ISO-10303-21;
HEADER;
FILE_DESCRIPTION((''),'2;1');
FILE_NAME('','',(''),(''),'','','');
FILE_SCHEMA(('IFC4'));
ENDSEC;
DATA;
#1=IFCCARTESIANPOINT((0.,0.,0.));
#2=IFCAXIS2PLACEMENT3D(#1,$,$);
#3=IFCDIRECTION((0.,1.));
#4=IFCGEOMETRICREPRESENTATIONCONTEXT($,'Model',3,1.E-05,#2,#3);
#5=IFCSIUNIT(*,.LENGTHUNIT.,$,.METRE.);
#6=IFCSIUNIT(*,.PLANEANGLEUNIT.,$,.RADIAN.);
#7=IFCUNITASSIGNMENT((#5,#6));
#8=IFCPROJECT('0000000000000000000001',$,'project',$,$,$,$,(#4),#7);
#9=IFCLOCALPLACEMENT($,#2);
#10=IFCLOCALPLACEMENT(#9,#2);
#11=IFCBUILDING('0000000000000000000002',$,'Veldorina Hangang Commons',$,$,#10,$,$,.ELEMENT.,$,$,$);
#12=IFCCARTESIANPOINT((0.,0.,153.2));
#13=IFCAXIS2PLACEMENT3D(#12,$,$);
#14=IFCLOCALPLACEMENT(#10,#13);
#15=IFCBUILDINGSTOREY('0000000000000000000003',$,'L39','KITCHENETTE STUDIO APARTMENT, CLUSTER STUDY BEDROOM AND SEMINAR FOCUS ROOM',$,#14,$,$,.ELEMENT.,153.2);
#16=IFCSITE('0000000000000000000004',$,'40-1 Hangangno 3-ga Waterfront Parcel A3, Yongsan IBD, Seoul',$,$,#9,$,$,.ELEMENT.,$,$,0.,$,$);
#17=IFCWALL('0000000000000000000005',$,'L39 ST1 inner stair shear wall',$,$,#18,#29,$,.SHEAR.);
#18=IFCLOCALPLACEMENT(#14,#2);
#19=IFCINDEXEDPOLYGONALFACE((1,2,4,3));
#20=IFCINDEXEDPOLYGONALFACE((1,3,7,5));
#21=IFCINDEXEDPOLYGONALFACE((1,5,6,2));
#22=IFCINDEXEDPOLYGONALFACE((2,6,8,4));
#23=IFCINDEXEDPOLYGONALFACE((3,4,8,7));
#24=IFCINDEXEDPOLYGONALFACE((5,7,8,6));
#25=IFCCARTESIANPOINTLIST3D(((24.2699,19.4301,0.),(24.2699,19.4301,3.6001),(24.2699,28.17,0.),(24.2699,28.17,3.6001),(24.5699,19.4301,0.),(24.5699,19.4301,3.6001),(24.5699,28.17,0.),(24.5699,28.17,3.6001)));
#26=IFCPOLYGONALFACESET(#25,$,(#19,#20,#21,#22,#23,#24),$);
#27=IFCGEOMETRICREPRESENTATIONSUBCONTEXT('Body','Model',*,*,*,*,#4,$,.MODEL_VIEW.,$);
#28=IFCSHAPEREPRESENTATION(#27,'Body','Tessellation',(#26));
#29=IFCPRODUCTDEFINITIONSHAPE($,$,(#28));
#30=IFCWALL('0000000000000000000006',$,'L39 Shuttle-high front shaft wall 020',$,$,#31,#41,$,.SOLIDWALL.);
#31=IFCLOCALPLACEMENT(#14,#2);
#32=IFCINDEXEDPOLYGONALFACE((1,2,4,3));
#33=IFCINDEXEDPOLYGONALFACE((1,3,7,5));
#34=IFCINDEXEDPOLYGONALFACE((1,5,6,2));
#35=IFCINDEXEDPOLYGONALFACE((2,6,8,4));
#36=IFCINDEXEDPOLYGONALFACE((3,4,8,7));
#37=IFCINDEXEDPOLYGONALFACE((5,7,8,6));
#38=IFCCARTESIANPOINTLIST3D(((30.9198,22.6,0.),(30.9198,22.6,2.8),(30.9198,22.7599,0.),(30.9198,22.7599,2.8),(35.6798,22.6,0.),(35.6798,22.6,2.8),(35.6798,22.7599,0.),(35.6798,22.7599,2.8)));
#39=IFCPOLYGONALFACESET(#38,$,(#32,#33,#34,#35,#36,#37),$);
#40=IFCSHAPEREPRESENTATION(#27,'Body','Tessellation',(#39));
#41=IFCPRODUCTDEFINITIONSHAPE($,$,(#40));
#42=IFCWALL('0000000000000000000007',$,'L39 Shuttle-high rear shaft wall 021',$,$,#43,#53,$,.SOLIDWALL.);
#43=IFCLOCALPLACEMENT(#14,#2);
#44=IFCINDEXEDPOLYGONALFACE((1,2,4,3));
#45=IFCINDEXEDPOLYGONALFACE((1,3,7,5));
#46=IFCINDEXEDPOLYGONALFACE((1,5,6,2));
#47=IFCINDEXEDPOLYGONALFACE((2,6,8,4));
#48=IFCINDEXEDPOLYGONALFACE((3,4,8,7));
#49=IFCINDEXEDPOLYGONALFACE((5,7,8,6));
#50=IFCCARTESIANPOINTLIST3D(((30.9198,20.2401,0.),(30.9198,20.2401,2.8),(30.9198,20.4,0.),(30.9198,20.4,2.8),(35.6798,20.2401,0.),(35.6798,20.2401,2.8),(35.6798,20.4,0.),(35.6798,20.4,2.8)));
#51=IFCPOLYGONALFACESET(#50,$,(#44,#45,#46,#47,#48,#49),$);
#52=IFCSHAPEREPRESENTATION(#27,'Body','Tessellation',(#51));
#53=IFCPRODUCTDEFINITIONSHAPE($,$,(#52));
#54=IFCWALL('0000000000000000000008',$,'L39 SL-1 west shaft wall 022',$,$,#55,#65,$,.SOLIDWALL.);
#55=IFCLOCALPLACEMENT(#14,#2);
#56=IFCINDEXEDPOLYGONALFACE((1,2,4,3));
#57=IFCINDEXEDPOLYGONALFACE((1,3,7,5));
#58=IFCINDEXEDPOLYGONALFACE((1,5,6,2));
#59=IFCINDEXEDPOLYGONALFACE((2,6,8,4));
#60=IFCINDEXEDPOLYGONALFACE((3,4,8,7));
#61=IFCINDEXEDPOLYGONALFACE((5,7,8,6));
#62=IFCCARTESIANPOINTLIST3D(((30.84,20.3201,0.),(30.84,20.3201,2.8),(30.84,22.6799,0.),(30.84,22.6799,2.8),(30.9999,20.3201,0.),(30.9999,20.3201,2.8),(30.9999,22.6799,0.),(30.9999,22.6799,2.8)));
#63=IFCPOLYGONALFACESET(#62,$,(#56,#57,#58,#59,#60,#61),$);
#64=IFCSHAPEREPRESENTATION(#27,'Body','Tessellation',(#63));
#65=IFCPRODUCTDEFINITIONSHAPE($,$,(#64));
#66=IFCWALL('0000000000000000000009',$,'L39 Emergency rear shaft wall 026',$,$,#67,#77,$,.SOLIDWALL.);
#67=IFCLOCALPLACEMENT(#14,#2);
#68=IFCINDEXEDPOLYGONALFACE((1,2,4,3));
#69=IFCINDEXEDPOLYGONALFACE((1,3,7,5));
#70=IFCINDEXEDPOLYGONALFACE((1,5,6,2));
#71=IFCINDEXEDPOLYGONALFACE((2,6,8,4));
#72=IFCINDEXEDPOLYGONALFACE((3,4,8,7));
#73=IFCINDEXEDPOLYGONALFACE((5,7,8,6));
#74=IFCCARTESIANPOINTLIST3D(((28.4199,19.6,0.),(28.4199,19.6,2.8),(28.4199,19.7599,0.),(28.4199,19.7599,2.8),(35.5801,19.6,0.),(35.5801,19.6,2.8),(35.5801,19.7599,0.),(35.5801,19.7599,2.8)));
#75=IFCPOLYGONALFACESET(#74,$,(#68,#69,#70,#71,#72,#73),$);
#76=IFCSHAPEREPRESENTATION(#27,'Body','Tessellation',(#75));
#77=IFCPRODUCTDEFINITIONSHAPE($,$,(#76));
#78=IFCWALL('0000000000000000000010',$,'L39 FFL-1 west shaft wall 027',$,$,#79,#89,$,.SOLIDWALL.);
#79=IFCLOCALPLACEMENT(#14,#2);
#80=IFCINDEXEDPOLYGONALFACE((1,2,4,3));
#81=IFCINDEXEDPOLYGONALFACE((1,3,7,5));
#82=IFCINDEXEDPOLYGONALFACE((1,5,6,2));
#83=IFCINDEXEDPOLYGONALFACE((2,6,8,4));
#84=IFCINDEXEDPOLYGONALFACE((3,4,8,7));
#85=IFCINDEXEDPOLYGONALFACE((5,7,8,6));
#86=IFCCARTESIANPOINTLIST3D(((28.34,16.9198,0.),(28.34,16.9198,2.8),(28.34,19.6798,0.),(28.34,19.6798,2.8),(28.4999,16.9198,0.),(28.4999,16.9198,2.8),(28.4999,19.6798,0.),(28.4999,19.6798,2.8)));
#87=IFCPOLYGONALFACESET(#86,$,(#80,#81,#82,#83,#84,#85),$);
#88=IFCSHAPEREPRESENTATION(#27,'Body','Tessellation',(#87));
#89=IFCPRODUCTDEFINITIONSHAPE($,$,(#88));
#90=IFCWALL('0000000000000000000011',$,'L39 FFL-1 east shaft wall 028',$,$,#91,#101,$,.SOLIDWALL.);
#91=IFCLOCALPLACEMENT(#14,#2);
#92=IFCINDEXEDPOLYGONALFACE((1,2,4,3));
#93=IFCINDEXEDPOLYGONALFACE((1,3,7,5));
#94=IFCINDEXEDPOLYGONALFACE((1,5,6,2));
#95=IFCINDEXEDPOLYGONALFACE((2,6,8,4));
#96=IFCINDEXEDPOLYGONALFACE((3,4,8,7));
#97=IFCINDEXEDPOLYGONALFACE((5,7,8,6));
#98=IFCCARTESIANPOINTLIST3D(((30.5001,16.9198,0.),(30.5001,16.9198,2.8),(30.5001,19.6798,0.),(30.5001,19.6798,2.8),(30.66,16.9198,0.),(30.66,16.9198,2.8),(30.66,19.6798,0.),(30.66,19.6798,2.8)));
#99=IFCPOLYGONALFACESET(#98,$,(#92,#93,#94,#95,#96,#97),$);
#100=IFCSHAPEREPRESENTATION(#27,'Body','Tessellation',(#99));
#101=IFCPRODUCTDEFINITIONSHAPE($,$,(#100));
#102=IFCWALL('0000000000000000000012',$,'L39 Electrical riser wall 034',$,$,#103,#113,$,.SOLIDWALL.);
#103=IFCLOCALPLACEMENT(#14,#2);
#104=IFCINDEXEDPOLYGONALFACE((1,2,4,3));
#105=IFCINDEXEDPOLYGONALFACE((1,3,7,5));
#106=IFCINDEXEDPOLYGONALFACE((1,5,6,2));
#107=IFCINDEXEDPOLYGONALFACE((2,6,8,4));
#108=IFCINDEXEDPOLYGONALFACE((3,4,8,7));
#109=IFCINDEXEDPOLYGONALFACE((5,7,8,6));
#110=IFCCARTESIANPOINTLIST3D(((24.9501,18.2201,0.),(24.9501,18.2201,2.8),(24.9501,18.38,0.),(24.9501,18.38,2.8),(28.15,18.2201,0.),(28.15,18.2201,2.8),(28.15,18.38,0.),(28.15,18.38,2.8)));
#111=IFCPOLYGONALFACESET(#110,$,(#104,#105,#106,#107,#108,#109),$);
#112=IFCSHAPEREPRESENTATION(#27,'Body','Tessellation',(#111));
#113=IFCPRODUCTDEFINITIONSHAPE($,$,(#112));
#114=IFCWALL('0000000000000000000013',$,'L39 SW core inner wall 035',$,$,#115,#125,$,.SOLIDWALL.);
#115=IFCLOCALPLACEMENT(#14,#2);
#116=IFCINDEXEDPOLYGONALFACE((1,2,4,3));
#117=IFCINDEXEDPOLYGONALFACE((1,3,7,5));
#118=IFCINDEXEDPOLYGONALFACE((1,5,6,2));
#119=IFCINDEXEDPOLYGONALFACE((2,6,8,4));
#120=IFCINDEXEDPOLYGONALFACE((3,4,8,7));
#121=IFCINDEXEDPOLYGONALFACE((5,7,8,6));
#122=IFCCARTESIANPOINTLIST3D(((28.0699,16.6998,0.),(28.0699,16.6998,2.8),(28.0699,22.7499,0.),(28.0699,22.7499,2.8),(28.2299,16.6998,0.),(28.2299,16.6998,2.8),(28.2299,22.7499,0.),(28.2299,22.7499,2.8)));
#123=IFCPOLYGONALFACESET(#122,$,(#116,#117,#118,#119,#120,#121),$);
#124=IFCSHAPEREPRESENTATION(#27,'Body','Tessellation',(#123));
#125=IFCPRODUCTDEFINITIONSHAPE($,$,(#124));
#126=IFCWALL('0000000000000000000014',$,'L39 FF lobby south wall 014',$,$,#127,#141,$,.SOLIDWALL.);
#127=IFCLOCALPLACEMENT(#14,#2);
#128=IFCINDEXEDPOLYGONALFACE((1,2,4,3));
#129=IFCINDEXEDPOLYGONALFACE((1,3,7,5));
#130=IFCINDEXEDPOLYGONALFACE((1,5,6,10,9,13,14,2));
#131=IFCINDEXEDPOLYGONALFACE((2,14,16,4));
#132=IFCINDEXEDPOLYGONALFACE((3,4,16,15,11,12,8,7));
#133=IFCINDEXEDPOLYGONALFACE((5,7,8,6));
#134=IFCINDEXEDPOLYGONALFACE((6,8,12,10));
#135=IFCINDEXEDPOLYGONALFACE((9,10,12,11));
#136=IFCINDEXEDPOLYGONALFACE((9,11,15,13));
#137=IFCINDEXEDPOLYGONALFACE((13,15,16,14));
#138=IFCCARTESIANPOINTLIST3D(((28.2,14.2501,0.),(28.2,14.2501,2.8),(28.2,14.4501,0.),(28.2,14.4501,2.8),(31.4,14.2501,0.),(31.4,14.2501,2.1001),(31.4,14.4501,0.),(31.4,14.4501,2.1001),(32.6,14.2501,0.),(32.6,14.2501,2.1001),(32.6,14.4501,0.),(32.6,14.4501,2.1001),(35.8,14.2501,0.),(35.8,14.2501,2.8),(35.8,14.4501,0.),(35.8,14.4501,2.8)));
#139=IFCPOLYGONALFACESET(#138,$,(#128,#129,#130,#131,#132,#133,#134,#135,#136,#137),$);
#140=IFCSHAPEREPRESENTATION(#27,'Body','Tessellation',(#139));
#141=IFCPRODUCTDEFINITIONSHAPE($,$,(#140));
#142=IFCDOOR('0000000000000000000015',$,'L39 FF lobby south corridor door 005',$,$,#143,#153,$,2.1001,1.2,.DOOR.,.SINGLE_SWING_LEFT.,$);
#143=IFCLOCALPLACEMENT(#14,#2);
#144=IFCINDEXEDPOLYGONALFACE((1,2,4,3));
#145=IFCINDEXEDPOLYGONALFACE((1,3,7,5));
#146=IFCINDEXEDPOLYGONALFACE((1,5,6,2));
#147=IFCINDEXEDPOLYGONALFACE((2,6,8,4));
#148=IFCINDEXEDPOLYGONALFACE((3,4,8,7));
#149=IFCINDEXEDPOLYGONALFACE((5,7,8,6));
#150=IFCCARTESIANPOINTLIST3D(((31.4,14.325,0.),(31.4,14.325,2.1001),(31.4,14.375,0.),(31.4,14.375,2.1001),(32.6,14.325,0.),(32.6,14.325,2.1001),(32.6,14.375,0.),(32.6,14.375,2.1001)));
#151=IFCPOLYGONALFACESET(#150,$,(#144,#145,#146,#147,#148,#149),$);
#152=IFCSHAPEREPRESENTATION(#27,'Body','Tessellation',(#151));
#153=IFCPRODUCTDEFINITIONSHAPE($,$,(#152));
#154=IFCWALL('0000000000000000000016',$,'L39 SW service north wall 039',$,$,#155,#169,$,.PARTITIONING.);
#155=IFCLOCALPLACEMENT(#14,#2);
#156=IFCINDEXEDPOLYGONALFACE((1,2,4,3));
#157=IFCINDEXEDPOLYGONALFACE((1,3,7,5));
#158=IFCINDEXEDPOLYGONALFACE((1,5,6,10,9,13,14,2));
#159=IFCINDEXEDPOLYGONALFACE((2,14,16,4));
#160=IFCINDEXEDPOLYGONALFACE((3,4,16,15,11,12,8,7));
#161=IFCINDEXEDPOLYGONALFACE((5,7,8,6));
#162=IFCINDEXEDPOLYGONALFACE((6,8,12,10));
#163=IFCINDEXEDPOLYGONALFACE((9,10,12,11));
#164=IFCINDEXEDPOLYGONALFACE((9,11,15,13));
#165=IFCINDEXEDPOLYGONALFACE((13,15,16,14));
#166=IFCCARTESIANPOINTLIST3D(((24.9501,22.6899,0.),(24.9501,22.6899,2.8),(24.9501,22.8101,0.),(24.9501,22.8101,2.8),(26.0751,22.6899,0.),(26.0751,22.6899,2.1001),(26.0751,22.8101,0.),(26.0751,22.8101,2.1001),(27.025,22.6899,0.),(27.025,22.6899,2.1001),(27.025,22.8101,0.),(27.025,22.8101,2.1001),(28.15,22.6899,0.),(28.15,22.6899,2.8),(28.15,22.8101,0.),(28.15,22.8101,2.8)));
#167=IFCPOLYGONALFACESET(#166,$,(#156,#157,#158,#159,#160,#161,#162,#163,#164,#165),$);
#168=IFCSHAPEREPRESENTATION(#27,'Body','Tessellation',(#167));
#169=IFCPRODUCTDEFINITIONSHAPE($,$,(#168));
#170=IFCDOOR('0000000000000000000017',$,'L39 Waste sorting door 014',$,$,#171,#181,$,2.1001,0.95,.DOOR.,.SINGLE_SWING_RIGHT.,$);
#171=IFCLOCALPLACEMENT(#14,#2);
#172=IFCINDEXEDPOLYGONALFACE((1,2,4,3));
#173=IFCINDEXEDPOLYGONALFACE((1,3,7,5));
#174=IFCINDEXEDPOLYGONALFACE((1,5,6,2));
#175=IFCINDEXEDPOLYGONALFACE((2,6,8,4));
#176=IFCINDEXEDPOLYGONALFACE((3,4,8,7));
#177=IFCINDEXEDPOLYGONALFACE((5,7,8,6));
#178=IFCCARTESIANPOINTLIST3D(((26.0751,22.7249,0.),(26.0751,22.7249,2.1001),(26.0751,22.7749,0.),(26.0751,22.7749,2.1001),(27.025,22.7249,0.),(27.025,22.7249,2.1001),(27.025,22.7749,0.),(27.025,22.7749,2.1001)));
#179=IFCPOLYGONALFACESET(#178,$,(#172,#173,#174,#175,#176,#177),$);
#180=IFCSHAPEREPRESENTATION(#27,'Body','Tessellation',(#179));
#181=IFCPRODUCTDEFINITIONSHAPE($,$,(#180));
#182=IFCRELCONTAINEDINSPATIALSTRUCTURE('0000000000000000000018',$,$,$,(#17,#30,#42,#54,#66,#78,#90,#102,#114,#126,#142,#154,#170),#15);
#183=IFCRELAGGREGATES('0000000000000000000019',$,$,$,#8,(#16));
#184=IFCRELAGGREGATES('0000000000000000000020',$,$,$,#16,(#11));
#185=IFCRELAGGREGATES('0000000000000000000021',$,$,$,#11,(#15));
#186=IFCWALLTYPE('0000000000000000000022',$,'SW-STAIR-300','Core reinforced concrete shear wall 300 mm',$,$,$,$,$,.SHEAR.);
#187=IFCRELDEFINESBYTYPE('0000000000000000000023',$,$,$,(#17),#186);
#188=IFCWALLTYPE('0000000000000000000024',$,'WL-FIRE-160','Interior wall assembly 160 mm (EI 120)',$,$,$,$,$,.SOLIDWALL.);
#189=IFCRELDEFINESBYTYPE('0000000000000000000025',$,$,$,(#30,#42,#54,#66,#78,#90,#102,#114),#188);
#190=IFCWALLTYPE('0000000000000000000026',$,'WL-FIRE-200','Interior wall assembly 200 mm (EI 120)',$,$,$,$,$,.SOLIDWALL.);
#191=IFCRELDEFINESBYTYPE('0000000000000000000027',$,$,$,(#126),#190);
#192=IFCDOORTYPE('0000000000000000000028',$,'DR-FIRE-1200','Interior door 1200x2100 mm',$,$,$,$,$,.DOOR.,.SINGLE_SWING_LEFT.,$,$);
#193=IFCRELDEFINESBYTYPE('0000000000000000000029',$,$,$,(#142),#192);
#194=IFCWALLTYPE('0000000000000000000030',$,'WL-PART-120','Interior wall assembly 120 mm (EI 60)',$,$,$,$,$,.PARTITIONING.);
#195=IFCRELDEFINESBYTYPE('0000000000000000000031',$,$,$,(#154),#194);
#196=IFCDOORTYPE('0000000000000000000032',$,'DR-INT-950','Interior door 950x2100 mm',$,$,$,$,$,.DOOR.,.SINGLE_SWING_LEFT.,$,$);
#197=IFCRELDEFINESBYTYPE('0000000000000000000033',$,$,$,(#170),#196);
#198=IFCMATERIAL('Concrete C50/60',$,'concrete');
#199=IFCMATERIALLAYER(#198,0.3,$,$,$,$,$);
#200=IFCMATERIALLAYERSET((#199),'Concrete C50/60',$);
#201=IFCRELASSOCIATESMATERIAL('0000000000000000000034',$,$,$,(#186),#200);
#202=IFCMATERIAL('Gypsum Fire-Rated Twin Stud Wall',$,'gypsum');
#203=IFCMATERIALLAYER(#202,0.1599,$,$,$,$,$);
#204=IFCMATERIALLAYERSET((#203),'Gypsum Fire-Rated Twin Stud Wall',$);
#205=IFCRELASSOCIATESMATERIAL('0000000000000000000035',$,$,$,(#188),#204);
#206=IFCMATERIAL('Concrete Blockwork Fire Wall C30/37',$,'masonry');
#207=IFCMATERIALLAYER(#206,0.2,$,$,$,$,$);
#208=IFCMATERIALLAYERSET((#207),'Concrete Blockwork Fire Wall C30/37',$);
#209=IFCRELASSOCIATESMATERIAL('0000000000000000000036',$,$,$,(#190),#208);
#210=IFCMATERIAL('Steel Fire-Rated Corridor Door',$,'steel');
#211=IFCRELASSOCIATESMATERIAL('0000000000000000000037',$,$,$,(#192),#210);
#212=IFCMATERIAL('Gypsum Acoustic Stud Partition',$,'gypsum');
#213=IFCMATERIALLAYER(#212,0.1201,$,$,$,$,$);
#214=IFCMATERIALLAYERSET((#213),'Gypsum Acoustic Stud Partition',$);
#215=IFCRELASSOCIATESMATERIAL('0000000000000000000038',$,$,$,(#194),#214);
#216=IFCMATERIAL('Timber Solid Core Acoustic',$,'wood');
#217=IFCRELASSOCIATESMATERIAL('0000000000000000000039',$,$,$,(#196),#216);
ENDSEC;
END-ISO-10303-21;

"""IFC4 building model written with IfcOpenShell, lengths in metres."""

from ifc_helpers import new_model, si_unit, direction, frame, frame_2d, origin, place, context, subcontext, project, spatial, rectangle, extrude, material, layer, layer_set, type_object, element, fill, save


model = new_model("IFC4")

# Units and contexts
model_context = context("Model", 3, precision=1e-05, world=origin(), true_north=direction((0.0, 1.0)))
body_context = subcontext(model_context, "Body", "Model", "MODEL_VIEW")
ifc_project = project(units=[si_unit("LENGTHUNIT", "METRE"), si_unit("PLANEANGLEUNIT", "RADIAN")], contexts=[model_context])

# Site, building, storey
site_placement = place(None, origin())
site = spatial("IfcSite", under=ifc_project, at=site_placement, Name="40-1 Hangangno 3-ga Waterfront Parcel A3, Yongsan IBD, Seoul", CompositionType="ELEMENT", RefElevation=0.0)
building_placement = place(site_placement, origin())
building = spatial("IfcBuilding", under=site, at=building_placement, Name="Veldorina Hangang Commons", CompositionType="ELEMENT")
storey_placement = place(building_placement, frame((0.0, 0.0, 153.2)))
storey = spatial("IfcBuildingStorey", under=building, at=storey_placement, Name="L39", Description="KITCHENETTE STUDIO APARTMENT, CLUSTER STUDY BEDROOM AND SEMINAR FOCUS ROOM", CompositionType="ELEMENT", Elevation=153.2)

# Walls
ifc_material_1 = material(Name="Concrete C50/60", Category="concrete")
ifc_layer_1 = layer(ifc_material_1, 0.3)
ifc_layer_set_1 = layer_set([ifc_layer_1], Name="Concrete C50/60")
wall_type_1 = type_object("IfcWallType", Name="SW-STAIR-300", Description="Core reinforced concrete shear wall 300 mm", PredefinedType="SHEAR", material=ifc_layer_set_1)
wall_1_placement = place(storey_placement, frame((24.4199, 19.4299, 0.0), z_axis=(0.0, 0.0, 1.0), x_axis=(0.0, 1.0, 0.0)))
element("IfcWall", 1, at=wall_1_placement, inside=storey, type_object=wall_type_1, Name="L39 ST1 inner stair shear wall", PredefinedType="SHEAR", context=body_context, shape_type="SweptSolid", body=[
    extrude(rectangle(XDim=8.74, YDim=0.3, at=frame_2d((4.3701, 0.0))), origin(), (0.0, 0.0, 1.0), 3.6001),
])
ifc_material_2 = material(Name="Gypsum Fire-Rated Twin Stud Wall", Category="gypsum")
ifc_layer_2 = layer(ifc_material_2, 0.1599)
ifc_layer_set_2 = layer_set([ifc_layer_2], Name="Gypsum Fire-Rated Twin Stud Wall")
wall_type_2 = type_object("IfcWallType", Name="WL-FIRE-160", Description="Interior wall assembly 160 mm (EI 120)", PredefinedType="SOLIDWALL", material=ifc_layer_set_2)
for number, where, z_axis, x_axis, name in (
    (2, (30.9199, 22.6799, 0.0), (0.0, 0.0, 1.0), (1.0, 0.0, 0.0), "L39 Shuttle-high front shaft wall 020"),
    (3, (30.9199, 20.3201, 0.0), (0.0, 0.0, 1.0), (1.0, 0.0, 0.0), "L39 Shuttle-high rear shaft wall 021"),
):
    element("IfcWall", number, at=place(storey_placement, frame(where, z_axis=z_axis, x_axis=x_axis)), inside=storey, type_object=wall_type_2, Name=name, PredefinedType="SOLIDWALL", context=body_context, shape_type="SweptSolid", body=[
        extrude(rectangle(XDim=4.76, YDim=0.1599, at=frame_2d((2.3799, 0.0))), origin(), (0.0, 0.0, 1.0), 2.8),
    ])
wall_2_placement = place(storey_placement, frame((30.9199, 20.3201, 0.0), z_axis=(0.0, 0.0, 1.0), x_axis=(0.0, 1.0, 0.0)))
element("IfcWall", 4, at=wall_2_placement, inside=storey, type_object=wall_type_2, Name="L39 SL-1 west shaft wall 022", PredefinedType="SOLIDWALL", context=body_context, shape_type="SweptSolid", body=[
    extrude(rectangle(XDim=2.3599, YDim=0.1599, at=frame_2d((1.1799, 0.0))), origin(), (0.0, 0.0, 1.0), 2.8),
])

# Walls
wall_3_placement = place(storey_placement, frame((28.4199, 19.6799, 0.0), z_axis=(0.0, 0.0, 1.0), x_axis=(1.0, 0.0, 0.0)))
element("IfcWall", 5, at=wall_3_placement, inside=storey, type_object=wall_type_2, Name="L39 Emergency rear shaft wall 026", PredefinedType="SOLIDWALL", context=body_context, shape_type="SweptSolid", body=[
    extrude(rectangle(XDim=7.1602, YDim=0.1599, at=frame_2d((3.5801, 0.0))), origin(), (0.0, 0.0, 1.0), 2.8),
])
for number, where, z_axis, x_axis, name in (
    (6, (28.4199, 16.9199, 0.0), (0.0, 0.0, 1.0), (0.0, 1.0, 0.0), "L39 FFL-1 west shaft wall 027"),
    (7, (30.5801, 16.9199, 0.0), (0.0, 0.0, 1.0), (0.0, 1.0, 0.0), "L39 FFL-1 east shaft wall 028"),
):
    element("IfcWall", number, at=place(storey_placement, frame(where, z_axis=z_axis, x_axis=x_axis)), inside=storey, type_object=wall_type_2, Name=name, PredefinedType="SOLIDWALL", context=body_context, shape_type="SweptSolid", body=[
        extrude(rectangle(XDim=2.76, YDim=0.1599, at=frame_2d((1.3799, 0.0))), origin(), (0.0, 0.0, 1.0), 2.8),
    ])
wall_4_placement = place(storey_placement, frame((24.95, 18.3, 0.0), z_axis=(0.0, 0.0, 1.0), x_axis=(1.0, 0.0, 0.0)))
element("IfcWall", 8, at=wall_4_placement, inside=storey, type_object=wall_type_2, Name="L39 Electrical riser wall 034", PredefinedType="SOLIDWALL", context=body_context, shape_type="SweptSolid", body=[
    extrude(rectangle(XDim=3.2, YDim=0.1599, at=frame_2d((1.6001, 0.0))), origin(), (0.0, 0.0, 1.0), 2.8),
])
wall_5_placement = place(storey_placement, frame((28.1499, 16.7, 0.0), z_axis=(0.0, 0.0, 1.0), x_axis=(0.0, 1.0, 0.0)))
element("IfcWall", 9, at=wall_5_placement, inside=storey, type_object=wall_type_2, Name="L39 SW core inner wall 035", PredefinedType="SOLIDWALL", context=body_context, shape_type="SweptSolid", body=[
    extrude(rectangle(XDim=6.05, YDim=0.1599, at=frame_2d((3.0249, 0.0))), origin(), (0.0, 0.0, 1.0), 2.8),
])

# Walls, openings, doors
ifc_material_3 = material(Name="Concrete Blockwork Fire Wall C30/37", Category="masonry")
ifc_layer_3 = layer(ifc_material_3, 0.2)
ifc_layer_set_3 = layer_set([ifc_layer_3], Name="Concrete Blockwork Fire Wall C30/37")
wall_type_3 = type_object("IfcWallType", Name="WL-FIRE-200", Description="Interior wall assembly 200 mm (EI 120)", PredefinedType="SOLIDWALL", material=ifc_layer_set_3)
wall_6_placement = place(storey_placement, frame((28.2, 14.3501, 0.0), z_axis=(0.0, 0.0, 1.0), x_axis=(1.0, 0.0, 0.0)))
wall_6 = element("IfcWall", 10, at=wall_6_placement, inside=storey, type_object=wall_type_3, Name="L39 FF lobby south wall 014", PredefinedType="SOLIDWALL", context=body_context, shape_type="SweptSolid", body=[
    extrude(rectangle(XDim=7.6001, YDim=0.2, at=frame_2d((3.8, 0.0))), origin(), (0.0, 0.0, 1.0), 2.8),
])
opening_1_placement = place(wall_6_placement, frame((3.2, 0.0, 0.0)))
opening_1 = element("IfcOpeningElement", 11, at=opening_1_placement, cuts=wall_6, PredefinedType="OPENING", context=body_context, shape_type="SweptSolid", body=[
    extrude(rectangle(XDim=1.2, YDim=2.1001, at=frame_2d((0.6001, 1.05))), frame((0.0, 0.1099, 0.0), z_axis=(0.0, -1.0, 0.0), x_axis=(1.0, 0.0, 0.0)), (0.0, 0.0, 1.0), 0.22),
])
ifc_material_4 = material(Name="Steel Fire-Rated Corridor Door", Category="steel")
door_type_1 = type_object("IfcDoorType", Name="DR-FIRE-1200", Description="Interior door 1200x2100 mm", OperationType="SINGLE_SWING_LEFT", PredefinedType="DOOR", material=ifc_material_4)
door_1_placement = place(opening_1_placement, origin())
door_1 = element("IfcDoor", 12, at=door_1_placement, inside=storey, type_object=door_type_1, Name="L39 FF lobby south corridor door 005", OperationType="SINGLE_SWING_LEFT", OverallHeight=2.1001, OverallWidth=1.2, PredefinedType="DOOR", context=body_context, shape_type="SweptSolid", body=[
    extrude(rectangle(XDim=1.2, YDim=2.1001, at=frame_2d((0.6001, 1.05))), frame((0.0, 0.0249, 0.0), z_axis=(0.0, -1.0, 0.0), x_axis=(1.0, 0.0, 0.0)), (0.0, 0.0, 1.0), 0.05),
])
fill(opening_1, door_1)
ifc_material_5 = material(Name="Gypsum Acoustic Stud Partition", Category="gypsum")
ifc_layer_4 = layer(ifc_material_5, 0.1201)
ifc_layer_set_4 = layer_set([ifc_layer_4], Name="Gypsum Acoustic Stud Partition")
wall_type_4 = type_object("IfcWallType", Name="WL-PART-120", Description="Interior wall assembly 120 mm (EI 60)", PredefinedType="PARTITIONING", material=ifc_layer_set_4)
wall_7_placement = place(storey_placement, frame((24.95, 22.75, 0.0), z_axis=(0.0, 0.0, 1.0), x_axis=(1.0, 0.0, 0.0)))
wall_7 = element("IfcWall", 13, at=wall_7_placement, inside=storey, type_object=wall_type_4, Name="L39 SW service north wall 039", PredefinedType="PARTITIONING", context=body_context, shape_type="SweptSolid", body=[
    extrude(rectangle(XDim=3.2, YDim=0.1201, at=frame_2d((1.6001, 0.0))), origin(), (0.0, 0.0, 1.0), 2.8),
])
opening_2_placement = place(wall_7_placement, frame((1.125, 0.0, 0.0)))
opening_2 = element("IfcOpeningElement", 14, at=opening_2_placement, cuts=wall_7, PredefinedType="OPENING", context=body_context, shape_type="SweptSolid", body=[
    extrude(rectangle(XDim=0.95, YDim=2.1001, at=frame_2d((0.4751, 1.05))), frame((0.0, 0.0701, 0.0), z_axis=(0.0, -1.0, 0.0), x_axis=(1.0, 0.0, 0.0)), (0.0, 0.0, 1.0), 0.1401),
])
ifc_material_6 = material(Name="Timber Solid Core Acoustic", Category="wood")
door_type_2 = type_object("IfcDoorType", Name="DR-INT-950", Description="Interior door 950x2100 mm", OperationType="SINGLE_SWING_LEFT", PredefinedType="DOOR", material=ifc_material_6)
door_2_placement = place(opening_2_placement, origin())
door_2 = element("IfcDoor", 15, at=door_2_placement, inside=storey, type_object=door_type_2, Name="L39 Waste sorting door 014", OperationType="SINGLE_SWING_RIGHT", OverallHeight=2.1001, OverallWidth=0.95, PredefinedType="DOOR", context=body_context, shape_type="SweptSolid", body=[
    extrude(rectangle(XDim=0.95, YDim=2.1001, at=frame_2d((0.4751, 1.05))), frame((0.0, 0.0249, 0.0), z_axis=(0.0, -1.0, 0.0), x_axis=(1.0, 0.0, 0.0)), (0.0, 0.0, 1.0), 0.05),
])
fill(opening_2, door_2)

save(model, "model.ifc")
